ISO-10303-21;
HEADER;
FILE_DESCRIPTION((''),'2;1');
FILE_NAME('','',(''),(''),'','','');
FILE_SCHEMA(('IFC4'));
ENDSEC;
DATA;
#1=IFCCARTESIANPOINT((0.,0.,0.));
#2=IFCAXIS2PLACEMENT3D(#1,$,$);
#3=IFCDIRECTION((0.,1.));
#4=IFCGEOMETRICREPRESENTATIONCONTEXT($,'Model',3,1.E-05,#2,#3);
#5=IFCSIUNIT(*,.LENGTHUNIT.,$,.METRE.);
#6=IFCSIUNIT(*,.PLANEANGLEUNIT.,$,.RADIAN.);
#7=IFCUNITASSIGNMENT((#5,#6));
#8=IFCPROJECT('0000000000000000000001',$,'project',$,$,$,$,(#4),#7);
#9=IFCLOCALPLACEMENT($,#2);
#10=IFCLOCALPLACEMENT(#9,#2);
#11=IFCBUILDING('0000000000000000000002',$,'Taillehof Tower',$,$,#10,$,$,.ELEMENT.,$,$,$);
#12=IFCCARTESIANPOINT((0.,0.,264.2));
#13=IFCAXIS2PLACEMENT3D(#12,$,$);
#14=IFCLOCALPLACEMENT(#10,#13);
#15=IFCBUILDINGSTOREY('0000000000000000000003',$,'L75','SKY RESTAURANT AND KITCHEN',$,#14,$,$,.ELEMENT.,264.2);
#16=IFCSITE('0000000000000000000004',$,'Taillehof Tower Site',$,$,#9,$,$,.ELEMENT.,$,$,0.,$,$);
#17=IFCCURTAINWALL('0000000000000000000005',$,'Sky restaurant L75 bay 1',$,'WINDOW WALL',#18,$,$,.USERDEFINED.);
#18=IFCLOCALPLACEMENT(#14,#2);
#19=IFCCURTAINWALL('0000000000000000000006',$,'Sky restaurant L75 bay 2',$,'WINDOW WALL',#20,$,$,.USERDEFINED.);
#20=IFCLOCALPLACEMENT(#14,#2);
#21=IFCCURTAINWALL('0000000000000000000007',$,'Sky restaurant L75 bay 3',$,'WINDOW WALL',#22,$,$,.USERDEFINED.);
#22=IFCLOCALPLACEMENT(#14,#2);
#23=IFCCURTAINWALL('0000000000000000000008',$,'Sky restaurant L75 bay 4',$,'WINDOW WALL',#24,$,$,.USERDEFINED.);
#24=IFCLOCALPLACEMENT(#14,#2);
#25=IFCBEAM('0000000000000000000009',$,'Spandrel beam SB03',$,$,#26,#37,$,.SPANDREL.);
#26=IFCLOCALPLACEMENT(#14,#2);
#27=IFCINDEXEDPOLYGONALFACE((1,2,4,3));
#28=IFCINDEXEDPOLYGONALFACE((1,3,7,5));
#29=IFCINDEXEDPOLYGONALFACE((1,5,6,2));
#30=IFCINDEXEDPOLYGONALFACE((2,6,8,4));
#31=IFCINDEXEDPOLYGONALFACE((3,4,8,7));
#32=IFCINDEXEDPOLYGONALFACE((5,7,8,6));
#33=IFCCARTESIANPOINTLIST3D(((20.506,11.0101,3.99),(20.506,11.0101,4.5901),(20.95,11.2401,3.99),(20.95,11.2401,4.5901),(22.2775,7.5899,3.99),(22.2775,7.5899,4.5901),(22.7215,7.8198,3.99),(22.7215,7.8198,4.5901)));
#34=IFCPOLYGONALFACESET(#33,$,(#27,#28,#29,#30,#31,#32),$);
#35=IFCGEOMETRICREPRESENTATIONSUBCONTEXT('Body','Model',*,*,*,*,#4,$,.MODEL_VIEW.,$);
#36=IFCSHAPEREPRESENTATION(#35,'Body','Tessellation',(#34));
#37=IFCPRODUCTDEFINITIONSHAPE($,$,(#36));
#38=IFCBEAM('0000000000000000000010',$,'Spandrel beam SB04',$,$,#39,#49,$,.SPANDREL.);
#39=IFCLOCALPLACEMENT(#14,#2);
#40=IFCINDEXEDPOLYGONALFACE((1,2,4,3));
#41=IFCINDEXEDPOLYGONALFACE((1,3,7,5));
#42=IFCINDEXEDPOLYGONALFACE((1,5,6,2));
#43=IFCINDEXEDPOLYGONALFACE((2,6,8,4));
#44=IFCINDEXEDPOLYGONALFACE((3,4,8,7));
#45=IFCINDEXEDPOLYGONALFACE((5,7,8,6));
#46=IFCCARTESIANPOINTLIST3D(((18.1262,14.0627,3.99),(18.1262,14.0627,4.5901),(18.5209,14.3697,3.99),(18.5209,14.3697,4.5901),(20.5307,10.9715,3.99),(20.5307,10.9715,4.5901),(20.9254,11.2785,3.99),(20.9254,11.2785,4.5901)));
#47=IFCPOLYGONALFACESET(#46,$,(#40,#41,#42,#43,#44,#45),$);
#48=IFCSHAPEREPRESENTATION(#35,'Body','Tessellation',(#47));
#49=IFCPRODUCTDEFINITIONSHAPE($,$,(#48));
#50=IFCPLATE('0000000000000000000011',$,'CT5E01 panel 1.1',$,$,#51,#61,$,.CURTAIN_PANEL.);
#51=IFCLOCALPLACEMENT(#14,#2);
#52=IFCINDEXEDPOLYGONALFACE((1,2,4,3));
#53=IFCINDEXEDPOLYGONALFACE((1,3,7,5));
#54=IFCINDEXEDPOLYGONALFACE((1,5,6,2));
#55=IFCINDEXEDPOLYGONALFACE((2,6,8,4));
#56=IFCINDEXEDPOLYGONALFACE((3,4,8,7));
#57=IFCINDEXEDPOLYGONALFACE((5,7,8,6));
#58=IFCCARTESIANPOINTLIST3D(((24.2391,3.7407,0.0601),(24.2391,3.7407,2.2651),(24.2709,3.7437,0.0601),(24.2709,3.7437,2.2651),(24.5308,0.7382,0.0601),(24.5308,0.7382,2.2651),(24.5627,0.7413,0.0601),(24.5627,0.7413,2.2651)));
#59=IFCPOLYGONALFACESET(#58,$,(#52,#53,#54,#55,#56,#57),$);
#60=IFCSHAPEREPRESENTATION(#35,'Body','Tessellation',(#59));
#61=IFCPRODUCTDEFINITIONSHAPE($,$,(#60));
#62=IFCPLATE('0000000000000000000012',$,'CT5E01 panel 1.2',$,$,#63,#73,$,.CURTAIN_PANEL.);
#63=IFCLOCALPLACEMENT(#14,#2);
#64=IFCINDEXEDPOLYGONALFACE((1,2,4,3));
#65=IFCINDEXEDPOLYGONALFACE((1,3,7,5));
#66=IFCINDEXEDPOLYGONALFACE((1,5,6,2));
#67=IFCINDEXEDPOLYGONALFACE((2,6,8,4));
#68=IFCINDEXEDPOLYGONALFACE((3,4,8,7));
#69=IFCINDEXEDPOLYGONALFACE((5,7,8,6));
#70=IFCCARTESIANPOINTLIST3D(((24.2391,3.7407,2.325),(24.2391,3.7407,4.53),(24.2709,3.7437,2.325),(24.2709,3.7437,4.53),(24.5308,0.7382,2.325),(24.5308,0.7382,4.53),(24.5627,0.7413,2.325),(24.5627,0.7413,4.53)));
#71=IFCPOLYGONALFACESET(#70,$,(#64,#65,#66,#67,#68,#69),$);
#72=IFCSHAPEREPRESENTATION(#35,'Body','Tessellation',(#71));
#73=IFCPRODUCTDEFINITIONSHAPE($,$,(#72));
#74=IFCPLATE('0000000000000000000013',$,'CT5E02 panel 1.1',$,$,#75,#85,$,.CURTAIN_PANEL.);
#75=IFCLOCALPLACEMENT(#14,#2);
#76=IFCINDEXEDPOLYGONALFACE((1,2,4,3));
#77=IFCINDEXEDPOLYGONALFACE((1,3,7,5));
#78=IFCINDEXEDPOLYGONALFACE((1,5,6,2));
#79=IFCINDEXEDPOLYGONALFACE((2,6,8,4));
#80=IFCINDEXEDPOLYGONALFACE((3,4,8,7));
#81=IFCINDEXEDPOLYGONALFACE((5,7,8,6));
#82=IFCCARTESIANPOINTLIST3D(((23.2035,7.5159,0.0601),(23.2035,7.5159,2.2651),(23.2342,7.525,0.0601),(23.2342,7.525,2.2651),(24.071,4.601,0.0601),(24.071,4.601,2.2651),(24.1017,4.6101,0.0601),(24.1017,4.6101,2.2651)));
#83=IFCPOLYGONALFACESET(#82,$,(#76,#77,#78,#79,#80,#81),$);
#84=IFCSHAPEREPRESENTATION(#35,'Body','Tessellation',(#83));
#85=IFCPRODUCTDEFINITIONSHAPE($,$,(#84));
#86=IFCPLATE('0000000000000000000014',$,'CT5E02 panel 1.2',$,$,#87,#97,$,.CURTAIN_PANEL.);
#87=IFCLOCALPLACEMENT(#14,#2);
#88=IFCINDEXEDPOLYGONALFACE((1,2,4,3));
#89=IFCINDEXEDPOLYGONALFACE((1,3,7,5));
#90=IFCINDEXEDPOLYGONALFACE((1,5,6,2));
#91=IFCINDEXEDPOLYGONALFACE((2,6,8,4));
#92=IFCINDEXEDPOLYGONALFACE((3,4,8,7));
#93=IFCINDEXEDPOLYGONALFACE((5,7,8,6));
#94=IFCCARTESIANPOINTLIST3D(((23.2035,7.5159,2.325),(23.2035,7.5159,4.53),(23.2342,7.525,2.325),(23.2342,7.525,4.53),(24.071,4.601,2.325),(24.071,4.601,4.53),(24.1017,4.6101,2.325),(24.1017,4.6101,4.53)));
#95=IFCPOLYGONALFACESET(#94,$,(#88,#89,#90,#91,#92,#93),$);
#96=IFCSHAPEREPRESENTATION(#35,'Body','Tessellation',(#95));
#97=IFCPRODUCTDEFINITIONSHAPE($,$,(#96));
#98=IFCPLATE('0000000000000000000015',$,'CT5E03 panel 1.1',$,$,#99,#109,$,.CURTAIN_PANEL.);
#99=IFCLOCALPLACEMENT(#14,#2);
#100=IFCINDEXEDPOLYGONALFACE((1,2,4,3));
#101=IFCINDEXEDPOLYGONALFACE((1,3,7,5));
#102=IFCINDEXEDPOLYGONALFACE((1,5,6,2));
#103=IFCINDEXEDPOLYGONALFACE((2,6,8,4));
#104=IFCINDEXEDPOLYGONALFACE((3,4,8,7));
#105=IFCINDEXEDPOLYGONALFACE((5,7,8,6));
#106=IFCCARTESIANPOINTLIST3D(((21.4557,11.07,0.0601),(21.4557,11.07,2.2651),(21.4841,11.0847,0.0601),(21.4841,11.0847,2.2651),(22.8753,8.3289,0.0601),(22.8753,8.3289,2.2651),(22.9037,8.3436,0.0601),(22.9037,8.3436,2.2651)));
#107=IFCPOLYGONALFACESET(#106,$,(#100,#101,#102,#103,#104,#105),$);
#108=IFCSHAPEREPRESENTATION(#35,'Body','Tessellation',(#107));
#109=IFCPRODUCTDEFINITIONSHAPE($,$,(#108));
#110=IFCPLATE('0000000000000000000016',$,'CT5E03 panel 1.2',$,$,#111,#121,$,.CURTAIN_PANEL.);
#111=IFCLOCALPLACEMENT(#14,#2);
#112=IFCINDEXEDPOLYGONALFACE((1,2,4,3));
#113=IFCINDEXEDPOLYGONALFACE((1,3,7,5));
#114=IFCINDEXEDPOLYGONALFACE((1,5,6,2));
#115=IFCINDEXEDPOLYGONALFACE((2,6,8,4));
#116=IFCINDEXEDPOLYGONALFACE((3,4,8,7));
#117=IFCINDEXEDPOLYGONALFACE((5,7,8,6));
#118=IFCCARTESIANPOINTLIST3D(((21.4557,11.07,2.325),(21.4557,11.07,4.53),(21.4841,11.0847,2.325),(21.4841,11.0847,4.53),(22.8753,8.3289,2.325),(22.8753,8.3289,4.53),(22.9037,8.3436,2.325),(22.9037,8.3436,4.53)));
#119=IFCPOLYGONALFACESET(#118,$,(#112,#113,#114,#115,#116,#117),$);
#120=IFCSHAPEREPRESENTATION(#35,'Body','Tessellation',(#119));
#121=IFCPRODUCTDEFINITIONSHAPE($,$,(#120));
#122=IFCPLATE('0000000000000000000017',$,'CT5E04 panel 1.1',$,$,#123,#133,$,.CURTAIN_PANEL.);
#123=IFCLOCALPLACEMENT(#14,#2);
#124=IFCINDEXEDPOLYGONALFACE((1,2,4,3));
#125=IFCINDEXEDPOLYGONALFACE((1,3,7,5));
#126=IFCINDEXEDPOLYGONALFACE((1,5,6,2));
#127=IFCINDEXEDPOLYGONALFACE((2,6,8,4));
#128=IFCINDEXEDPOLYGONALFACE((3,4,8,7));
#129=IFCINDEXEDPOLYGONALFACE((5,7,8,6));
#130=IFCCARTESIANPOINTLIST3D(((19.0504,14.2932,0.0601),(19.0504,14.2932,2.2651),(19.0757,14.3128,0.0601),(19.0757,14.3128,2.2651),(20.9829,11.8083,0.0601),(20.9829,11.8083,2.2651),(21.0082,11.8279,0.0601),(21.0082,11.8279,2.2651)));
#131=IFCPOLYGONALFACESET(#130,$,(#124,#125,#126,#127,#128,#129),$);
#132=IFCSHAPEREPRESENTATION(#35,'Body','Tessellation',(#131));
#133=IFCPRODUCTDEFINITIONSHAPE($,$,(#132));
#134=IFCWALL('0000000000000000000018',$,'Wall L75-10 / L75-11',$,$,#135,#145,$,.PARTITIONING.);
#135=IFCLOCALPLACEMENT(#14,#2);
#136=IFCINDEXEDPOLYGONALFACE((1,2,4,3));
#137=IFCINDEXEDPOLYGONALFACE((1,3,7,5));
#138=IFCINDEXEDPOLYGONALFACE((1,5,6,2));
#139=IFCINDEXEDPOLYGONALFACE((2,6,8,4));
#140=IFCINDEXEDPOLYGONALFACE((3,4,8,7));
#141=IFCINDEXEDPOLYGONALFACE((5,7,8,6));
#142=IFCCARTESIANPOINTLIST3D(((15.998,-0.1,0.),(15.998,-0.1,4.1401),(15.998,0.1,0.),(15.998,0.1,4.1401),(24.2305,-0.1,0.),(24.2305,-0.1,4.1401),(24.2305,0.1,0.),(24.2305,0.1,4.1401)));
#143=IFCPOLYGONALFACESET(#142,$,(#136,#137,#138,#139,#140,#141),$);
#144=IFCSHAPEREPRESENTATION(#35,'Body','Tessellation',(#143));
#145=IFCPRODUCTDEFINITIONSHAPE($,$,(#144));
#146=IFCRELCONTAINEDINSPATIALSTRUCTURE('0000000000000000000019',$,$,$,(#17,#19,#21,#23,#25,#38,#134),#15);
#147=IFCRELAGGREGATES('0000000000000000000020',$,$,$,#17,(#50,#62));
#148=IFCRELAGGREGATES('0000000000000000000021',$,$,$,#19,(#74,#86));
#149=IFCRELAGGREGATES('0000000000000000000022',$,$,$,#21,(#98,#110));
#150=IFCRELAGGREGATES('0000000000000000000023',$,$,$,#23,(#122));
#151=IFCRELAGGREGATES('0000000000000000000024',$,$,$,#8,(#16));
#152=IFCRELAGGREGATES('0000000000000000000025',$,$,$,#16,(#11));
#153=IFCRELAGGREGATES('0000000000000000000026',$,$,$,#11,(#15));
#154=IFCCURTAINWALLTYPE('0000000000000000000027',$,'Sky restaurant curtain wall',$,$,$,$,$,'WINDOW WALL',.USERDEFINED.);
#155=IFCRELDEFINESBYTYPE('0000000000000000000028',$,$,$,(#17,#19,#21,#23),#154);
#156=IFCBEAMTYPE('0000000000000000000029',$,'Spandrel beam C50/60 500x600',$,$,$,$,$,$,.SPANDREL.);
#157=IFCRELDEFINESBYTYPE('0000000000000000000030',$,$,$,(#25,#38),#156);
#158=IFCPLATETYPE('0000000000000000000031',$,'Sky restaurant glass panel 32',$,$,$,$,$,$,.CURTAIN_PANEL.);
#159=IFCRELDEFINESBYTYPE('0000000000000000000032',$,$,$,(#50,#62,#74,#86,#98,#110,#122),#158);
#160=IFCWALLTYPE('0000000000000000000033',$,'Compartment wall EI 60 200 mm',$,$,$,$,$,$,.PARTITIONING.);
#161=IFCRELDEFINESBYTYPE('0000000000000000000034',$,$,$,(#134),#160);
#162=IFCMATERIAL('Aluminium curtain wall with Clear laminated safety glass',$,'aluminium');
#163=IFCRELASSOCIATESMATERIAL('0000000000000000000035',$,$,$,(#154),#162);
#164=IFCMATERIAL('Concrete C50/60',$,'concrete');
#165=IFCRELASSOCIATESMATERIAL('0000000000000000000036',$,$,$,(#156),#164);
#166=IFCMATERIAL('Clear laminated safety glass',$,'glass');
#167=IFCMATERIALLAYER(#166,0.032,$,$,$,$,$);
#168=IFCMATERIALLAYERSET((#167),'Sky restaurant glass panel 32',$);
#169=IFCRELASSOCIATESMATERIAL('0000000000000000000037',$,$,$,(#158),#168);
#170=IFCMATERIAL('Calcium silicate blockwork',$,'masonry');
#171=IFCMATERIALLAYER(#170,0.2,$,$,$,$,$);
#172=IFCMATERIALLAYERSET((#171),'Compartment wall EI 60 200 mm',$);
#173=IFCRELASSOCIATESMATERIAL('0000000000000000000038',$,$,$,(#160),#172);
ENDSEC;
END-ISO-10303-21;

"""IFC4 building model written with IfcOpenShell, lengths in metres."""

from ifc_helpers import new_model, si_unit, direction, frame, frame_2d, origin, origin_2d, place, context, subcontext, project, spatial, rectangle, extrude, material, layer, layer_set, material_profile, profile_set, type_object, element, aggregate, save


model = new_model("IFC4")

# Units and contexts
model_context = context("Model", 3, precision=1e-05, world=origin(), true_north=direction((0.0, 1.0)))
body_context = subcontext(model_context, "Body", "Model", "MODEL_VIEW")
ifc_project = project(units=[si_unit("LENGTHUNIT", "METRE"), si_unit("PLANEANGLEUNIT", "RADIAN")], contexts=[model_context])

# Site, building, storey
site_placement = place(None, origin())
site = spatial("IfcSite", under=ifc_project, at=site_placement, Name="Taillehof Tower Site", CompositionType="ELEMENT", RefElevation=0.0)
building_placement = place(site_placement, origin())
building = spatial("IfcBuilding", under=site, at=building_placement, Name="Taillehof Tower", CompositionType="ELEMENT")
storey_placement = place(building_placement, frame((0.0, 0.0, 264.2)))
storey = spatial("IfcBuildingStorey", under=building, at=storey_placement, Name="L75", Description="SKY RESTAURANT AND KITCHEN", CompositionType="ELEMENT", Elevation=264.2)

# Curtain walls
ifc_material_1 = material(Name="Aluminium curtain wall with Clear laminated safety glass", Category="aluminium")
curtain_wall_type = type_object("IfcCurtainWallType", Name="Sky restaurant curtain wall", ElementType="WINDOW WALL", PredefinedType="USERDEFINED", material=ifc_material_1)
curtain_wall_1_placement = place(storey_placement, origin())
curtain_wall_1 = element("IfcCurtainWall", 1, at=curtain_wall_1_placement, inside=storey, type_object=curtain_wall_type, Name="Sky restaurant L75 bay 1", ObjectType="WINDOW WALL", PredefinedType="USERDEFINED")
curtain_wall_2_placement = place(storey_placement, origin())
curtain_wall_2 = element("IfcCurtainWall", 2, at=curtain_wall_2_placement, inside=storey, type_object=curtain_wall_type, Name="Sky restaurant L75 bay 2", ObjectType="WINDOW WALL", PredefinedType="USERDEFINED")
curtain_wall_3_placement = place(storey_placement, origin())
curtain_wall_3 = element("IfcCurtainWall", 3, at=curtain_wall_3_placement, inside=storey, type_object=curtain_wall_type, Name="Sky restaurant L75 bay 3", ObjectType="WINDOW WALL", PredefinedType="USERDEFINED")

# Curtain wall
curtain_wall_4_placement = place(storey_placement, origin())
curtain_wall_4 = element("IfcCurtainWall", 4, at=curtain_wall_4_placement, inside=storey, type_object=curtain_wall_type, Name="Sky restaurant L75 bay 4", ObjectType="WINDOW WALL", PredefinedType="USERDEFINED")

# Beams
ifc_material_2 = material(Name="Concrete C50/60", Category="concrete")
ifc_material_profile_1 = material_profile(ifc_material_2, rectangle(XDim=0.5, YDim=0.6001, at=origin_2d()), Name="RC 500x600")
ifc_profile_set_1 = profile_set([ifc_material_profile_1], Name="Concrete C50/60")
beam_type_1 = type_object("IfcBeamType", Name="Spandrel beam C50/60 500x600", PredefinedType="SPANDREL", material=ifc_profile_set_1)
beam_1_placement = place(storey_placement, frame((22.4995, 7.7048, 4.29), z_axis=(-0.459921, 0.88796, 0.0), x_axis=(-0.88796, -0.459921, 0.0)))
element("IfcBeam", 5, at=beam_1_placement, inside=storey, type_object=beam_type_1, Name="Spandrel beam SB03", PredefinedType="SPANDREL", context=body_context, shape_type="SweptSolid", body=[
    extrude(rectangle(XDim=0.5, YDim=0.6001, at=origin_2d()), origin(), (0.0, 0.0, 1.0), 3.8518),
])
beam_2_placement = place(storey_placement, frame((20.728, 11.125, 4.29), z_axis=(-0.613971, 0.789329, 0.0), x_axis=(-0.789329, -0.613971, 0.0)))
element("IfcBeam", 6, at=beam_2_placement, inside=storey, type_object=beam_type_1, Name="Spandrel beam SB04", PredefinedType="SPANDREL", context=body_context, shape_type="SweptSolid", body=[
    extrude(rectangle(XDim=0.5, YDim=0.6001, at=origin_2d()), origin(), (0.0, 0.0, 1.0), 3.9163),
])

# Plates
ifc_material_3 = material(Name="Clear laminated safety glass", Category="glass")
ifc_layer_1 = layer(ifc_material_3, 0.032)
ifc_layer_set_1 = layer_set([ifc_layer_1], Name="Sky restaurant glass panel 32")
plate_type = type_object("IfcPlateType", Name="Sky restaurant glass panel 32", PredefinedType="CURTAIN_PANEL", material=ifc_layer_set_1)
plate_1_placement = place(storey_placement, frame((24.4009, 2.241, 0.0601), z_axis=(0.0, 0.0, 1.0), x_axis=(-0.096714, 0.995312, 0.0)))
plate_1 = element("IfcPlate", 7, at=plate_1_placement, type_object=plate_type, Name="CT5E01 panel 1.1", PredefinedType="CURTAIN_PANEL", context=body_context, shape_type="SweptSolid", body=[
    extrude(rectangle(XDim=3.0166, YDim=0.032, at=origin_2d()), origin(), (0.0, 0.0, 1.0), 2.2051),
])
plate_2_placement = place(storey_placement, frame((24.4009, 2.241, 2.325), z_axis=(0.0, 0.0, 1.0), x_axis=(-0.096714, 0.995312, 0.0)))
plate_2 = element("IfcPlate", 8, at=plate_2_placement, type_object=plate_type, Name="CT5E01 panel 1.2", PredefinedType="CURTAIN_PANEL", context=body_context, shape_type="SweptSolid", body=[
    extrude(rectangle(XDim=3.0166, YDim=0.032, at=origin_2d()), origin(), (0.0, 0.0, 1.0), 2.2051),
])
aggregate(curtain_wall_1, [plate_1, plate_2])
plate_3_placement = place(storey_placement, frame((23.6526, 6.063, 0.0601), z_axis=(0.0, 0.0, 1.0), x_axis=(-0.285236, 0.958457, 0.0)))
plate_3 = element("IfcPlate", 9, at=plate_3_placement, type_object=plate_type, Name="CT5E02 panel 1.1", PredefinedType="CURTAIN_PANEL", context=body_context, shape_type="SweptSolid", body=[
    extrude(rectangle(XDim=3.0413, YDim=0.032, at=origin_2d()), origin(), (0.0, 0.0, 1.0), 2.2051),
])
plate_4_placement = place(storey_placement, frame((23.6526, 6.063, 2.325), z_axis=(0.0, 0.0, 1.0), x_axis=(-0.285236, 0.958457, 0.0)))
plate_4 = element("IfcPlate", 10, at=plate_4_placement, type_object=plate_type, Name="CT5E02 panel 1.2", PredefinedType="CURTAIN_PANEL", context=body_context, shape_type="SweptSolid", body=[
    extrude(rectangle(XDim=3.0413, YDim=0.032, at=origin_2d()), origin(), (0.0, 0.0, 1.0), 2.2051),
])
aggregate(curtain_wall_2, [plate_3, plate_4])
plate_5_placement = place(storey_placement, frame((22.1797, 9.7068, 0.0601), z_axis=(0.0, 0.0, 1.0), x_axis=(-0.459891, 0.887975, 0.0)))
plate_5 = element("IfcPlate", 11, at=plate_5_placement, type_object=plate_type, Name="CT5E03 panel 1.1", PredefinedType="CURTAIN_PANEL", context=body_context, shape_type="SweptSolid", body=[
    extrude(rectangle(XDim=3.0869, YDim=0.032, at=origin_2d()), origin(), (0.0, 0.0, 1.0), 2.2051),
])
plate_6_placement = place(storey_placement, frame((22.1797, 9.7068, 2.325), z_axis=(0.0, 0.0, 1.0), x_axis=(-0.459891, 0.887975, 0.0)))
plate_6 = element("IfcPlate", 12, at=plate_6_placement, type_object=plate_type, Name="CT5E03 panel 1.2", PredefinedType="CURTAIN_PANEL", context=body_context, shape_type="SweptSolid", body=[
    extrude(rectangle(XDim=3.0869, YDim=0.032, at=origin_2d()), origin(), (0.0, 0.0, 1.0), 2.2051),
])
aggregate(curtain_wall_3, [plate_5, plate_6])
plate_7_placement = place(storey_placement, frame((20.0293, 13.0605, 0.0601), z_axis=(0.0, 0.0, 1.0), x_axis=(-0.613903, 0.789382, 0.0)))
plate_7 = element("IfcPlate", 13, at=plate_7_placement, type_object=plate_type, Name="CT5E04 panel 1.1", PredefinedType="CURTAIN_PANEL", context=body_context, shape_type="SweptSolid", body=[
    extrude(rectangle(XDim=3.1479, YDim=0.032, at=origin_2d()), origin(), (0.0, 0.0, 1.0), 2.2051),
])
aggregate(curtain_wall_4, [plate_7])

# Wall
ifc_material_4 = material(Name="Calcium silicate blockwork", Category="masonry")
ifc_layer_2 = layer(ifc_material_4, 0.2)
ifc_layer_set_2 = layer_set([ifc_layer_2], Name="Compartment wall EI 60 200 mm")
wall_type = type_object("IfcWallType", Name="Compartment wall EI 60 200 mm", PredefinedType="PARTITIONING", material=ifc_layer_set_2)
wall_placement = place(storey_placement, frame((15.998, 0.0, 0.0), z_axis=(0.0, 0.0, 1.0), x_axis=(1.0, 0.0, 0.0)))
element("IfcWall", 14, at=wall_placement, inside=storey, type_object=wall_type, Name="Wall L75-10 / L75-11", PredefinedType="PARTITIONING", context=body_context, shape_type="SweptSolid", body=[
    extrude(rectangle(XDim=8.2324, YDim=0.2, at=frame_2d((4.1162, 0.0))), origin(), (0.0, 0.0, 1.0), 4.1401),
])

save(model, "model.ifc")
